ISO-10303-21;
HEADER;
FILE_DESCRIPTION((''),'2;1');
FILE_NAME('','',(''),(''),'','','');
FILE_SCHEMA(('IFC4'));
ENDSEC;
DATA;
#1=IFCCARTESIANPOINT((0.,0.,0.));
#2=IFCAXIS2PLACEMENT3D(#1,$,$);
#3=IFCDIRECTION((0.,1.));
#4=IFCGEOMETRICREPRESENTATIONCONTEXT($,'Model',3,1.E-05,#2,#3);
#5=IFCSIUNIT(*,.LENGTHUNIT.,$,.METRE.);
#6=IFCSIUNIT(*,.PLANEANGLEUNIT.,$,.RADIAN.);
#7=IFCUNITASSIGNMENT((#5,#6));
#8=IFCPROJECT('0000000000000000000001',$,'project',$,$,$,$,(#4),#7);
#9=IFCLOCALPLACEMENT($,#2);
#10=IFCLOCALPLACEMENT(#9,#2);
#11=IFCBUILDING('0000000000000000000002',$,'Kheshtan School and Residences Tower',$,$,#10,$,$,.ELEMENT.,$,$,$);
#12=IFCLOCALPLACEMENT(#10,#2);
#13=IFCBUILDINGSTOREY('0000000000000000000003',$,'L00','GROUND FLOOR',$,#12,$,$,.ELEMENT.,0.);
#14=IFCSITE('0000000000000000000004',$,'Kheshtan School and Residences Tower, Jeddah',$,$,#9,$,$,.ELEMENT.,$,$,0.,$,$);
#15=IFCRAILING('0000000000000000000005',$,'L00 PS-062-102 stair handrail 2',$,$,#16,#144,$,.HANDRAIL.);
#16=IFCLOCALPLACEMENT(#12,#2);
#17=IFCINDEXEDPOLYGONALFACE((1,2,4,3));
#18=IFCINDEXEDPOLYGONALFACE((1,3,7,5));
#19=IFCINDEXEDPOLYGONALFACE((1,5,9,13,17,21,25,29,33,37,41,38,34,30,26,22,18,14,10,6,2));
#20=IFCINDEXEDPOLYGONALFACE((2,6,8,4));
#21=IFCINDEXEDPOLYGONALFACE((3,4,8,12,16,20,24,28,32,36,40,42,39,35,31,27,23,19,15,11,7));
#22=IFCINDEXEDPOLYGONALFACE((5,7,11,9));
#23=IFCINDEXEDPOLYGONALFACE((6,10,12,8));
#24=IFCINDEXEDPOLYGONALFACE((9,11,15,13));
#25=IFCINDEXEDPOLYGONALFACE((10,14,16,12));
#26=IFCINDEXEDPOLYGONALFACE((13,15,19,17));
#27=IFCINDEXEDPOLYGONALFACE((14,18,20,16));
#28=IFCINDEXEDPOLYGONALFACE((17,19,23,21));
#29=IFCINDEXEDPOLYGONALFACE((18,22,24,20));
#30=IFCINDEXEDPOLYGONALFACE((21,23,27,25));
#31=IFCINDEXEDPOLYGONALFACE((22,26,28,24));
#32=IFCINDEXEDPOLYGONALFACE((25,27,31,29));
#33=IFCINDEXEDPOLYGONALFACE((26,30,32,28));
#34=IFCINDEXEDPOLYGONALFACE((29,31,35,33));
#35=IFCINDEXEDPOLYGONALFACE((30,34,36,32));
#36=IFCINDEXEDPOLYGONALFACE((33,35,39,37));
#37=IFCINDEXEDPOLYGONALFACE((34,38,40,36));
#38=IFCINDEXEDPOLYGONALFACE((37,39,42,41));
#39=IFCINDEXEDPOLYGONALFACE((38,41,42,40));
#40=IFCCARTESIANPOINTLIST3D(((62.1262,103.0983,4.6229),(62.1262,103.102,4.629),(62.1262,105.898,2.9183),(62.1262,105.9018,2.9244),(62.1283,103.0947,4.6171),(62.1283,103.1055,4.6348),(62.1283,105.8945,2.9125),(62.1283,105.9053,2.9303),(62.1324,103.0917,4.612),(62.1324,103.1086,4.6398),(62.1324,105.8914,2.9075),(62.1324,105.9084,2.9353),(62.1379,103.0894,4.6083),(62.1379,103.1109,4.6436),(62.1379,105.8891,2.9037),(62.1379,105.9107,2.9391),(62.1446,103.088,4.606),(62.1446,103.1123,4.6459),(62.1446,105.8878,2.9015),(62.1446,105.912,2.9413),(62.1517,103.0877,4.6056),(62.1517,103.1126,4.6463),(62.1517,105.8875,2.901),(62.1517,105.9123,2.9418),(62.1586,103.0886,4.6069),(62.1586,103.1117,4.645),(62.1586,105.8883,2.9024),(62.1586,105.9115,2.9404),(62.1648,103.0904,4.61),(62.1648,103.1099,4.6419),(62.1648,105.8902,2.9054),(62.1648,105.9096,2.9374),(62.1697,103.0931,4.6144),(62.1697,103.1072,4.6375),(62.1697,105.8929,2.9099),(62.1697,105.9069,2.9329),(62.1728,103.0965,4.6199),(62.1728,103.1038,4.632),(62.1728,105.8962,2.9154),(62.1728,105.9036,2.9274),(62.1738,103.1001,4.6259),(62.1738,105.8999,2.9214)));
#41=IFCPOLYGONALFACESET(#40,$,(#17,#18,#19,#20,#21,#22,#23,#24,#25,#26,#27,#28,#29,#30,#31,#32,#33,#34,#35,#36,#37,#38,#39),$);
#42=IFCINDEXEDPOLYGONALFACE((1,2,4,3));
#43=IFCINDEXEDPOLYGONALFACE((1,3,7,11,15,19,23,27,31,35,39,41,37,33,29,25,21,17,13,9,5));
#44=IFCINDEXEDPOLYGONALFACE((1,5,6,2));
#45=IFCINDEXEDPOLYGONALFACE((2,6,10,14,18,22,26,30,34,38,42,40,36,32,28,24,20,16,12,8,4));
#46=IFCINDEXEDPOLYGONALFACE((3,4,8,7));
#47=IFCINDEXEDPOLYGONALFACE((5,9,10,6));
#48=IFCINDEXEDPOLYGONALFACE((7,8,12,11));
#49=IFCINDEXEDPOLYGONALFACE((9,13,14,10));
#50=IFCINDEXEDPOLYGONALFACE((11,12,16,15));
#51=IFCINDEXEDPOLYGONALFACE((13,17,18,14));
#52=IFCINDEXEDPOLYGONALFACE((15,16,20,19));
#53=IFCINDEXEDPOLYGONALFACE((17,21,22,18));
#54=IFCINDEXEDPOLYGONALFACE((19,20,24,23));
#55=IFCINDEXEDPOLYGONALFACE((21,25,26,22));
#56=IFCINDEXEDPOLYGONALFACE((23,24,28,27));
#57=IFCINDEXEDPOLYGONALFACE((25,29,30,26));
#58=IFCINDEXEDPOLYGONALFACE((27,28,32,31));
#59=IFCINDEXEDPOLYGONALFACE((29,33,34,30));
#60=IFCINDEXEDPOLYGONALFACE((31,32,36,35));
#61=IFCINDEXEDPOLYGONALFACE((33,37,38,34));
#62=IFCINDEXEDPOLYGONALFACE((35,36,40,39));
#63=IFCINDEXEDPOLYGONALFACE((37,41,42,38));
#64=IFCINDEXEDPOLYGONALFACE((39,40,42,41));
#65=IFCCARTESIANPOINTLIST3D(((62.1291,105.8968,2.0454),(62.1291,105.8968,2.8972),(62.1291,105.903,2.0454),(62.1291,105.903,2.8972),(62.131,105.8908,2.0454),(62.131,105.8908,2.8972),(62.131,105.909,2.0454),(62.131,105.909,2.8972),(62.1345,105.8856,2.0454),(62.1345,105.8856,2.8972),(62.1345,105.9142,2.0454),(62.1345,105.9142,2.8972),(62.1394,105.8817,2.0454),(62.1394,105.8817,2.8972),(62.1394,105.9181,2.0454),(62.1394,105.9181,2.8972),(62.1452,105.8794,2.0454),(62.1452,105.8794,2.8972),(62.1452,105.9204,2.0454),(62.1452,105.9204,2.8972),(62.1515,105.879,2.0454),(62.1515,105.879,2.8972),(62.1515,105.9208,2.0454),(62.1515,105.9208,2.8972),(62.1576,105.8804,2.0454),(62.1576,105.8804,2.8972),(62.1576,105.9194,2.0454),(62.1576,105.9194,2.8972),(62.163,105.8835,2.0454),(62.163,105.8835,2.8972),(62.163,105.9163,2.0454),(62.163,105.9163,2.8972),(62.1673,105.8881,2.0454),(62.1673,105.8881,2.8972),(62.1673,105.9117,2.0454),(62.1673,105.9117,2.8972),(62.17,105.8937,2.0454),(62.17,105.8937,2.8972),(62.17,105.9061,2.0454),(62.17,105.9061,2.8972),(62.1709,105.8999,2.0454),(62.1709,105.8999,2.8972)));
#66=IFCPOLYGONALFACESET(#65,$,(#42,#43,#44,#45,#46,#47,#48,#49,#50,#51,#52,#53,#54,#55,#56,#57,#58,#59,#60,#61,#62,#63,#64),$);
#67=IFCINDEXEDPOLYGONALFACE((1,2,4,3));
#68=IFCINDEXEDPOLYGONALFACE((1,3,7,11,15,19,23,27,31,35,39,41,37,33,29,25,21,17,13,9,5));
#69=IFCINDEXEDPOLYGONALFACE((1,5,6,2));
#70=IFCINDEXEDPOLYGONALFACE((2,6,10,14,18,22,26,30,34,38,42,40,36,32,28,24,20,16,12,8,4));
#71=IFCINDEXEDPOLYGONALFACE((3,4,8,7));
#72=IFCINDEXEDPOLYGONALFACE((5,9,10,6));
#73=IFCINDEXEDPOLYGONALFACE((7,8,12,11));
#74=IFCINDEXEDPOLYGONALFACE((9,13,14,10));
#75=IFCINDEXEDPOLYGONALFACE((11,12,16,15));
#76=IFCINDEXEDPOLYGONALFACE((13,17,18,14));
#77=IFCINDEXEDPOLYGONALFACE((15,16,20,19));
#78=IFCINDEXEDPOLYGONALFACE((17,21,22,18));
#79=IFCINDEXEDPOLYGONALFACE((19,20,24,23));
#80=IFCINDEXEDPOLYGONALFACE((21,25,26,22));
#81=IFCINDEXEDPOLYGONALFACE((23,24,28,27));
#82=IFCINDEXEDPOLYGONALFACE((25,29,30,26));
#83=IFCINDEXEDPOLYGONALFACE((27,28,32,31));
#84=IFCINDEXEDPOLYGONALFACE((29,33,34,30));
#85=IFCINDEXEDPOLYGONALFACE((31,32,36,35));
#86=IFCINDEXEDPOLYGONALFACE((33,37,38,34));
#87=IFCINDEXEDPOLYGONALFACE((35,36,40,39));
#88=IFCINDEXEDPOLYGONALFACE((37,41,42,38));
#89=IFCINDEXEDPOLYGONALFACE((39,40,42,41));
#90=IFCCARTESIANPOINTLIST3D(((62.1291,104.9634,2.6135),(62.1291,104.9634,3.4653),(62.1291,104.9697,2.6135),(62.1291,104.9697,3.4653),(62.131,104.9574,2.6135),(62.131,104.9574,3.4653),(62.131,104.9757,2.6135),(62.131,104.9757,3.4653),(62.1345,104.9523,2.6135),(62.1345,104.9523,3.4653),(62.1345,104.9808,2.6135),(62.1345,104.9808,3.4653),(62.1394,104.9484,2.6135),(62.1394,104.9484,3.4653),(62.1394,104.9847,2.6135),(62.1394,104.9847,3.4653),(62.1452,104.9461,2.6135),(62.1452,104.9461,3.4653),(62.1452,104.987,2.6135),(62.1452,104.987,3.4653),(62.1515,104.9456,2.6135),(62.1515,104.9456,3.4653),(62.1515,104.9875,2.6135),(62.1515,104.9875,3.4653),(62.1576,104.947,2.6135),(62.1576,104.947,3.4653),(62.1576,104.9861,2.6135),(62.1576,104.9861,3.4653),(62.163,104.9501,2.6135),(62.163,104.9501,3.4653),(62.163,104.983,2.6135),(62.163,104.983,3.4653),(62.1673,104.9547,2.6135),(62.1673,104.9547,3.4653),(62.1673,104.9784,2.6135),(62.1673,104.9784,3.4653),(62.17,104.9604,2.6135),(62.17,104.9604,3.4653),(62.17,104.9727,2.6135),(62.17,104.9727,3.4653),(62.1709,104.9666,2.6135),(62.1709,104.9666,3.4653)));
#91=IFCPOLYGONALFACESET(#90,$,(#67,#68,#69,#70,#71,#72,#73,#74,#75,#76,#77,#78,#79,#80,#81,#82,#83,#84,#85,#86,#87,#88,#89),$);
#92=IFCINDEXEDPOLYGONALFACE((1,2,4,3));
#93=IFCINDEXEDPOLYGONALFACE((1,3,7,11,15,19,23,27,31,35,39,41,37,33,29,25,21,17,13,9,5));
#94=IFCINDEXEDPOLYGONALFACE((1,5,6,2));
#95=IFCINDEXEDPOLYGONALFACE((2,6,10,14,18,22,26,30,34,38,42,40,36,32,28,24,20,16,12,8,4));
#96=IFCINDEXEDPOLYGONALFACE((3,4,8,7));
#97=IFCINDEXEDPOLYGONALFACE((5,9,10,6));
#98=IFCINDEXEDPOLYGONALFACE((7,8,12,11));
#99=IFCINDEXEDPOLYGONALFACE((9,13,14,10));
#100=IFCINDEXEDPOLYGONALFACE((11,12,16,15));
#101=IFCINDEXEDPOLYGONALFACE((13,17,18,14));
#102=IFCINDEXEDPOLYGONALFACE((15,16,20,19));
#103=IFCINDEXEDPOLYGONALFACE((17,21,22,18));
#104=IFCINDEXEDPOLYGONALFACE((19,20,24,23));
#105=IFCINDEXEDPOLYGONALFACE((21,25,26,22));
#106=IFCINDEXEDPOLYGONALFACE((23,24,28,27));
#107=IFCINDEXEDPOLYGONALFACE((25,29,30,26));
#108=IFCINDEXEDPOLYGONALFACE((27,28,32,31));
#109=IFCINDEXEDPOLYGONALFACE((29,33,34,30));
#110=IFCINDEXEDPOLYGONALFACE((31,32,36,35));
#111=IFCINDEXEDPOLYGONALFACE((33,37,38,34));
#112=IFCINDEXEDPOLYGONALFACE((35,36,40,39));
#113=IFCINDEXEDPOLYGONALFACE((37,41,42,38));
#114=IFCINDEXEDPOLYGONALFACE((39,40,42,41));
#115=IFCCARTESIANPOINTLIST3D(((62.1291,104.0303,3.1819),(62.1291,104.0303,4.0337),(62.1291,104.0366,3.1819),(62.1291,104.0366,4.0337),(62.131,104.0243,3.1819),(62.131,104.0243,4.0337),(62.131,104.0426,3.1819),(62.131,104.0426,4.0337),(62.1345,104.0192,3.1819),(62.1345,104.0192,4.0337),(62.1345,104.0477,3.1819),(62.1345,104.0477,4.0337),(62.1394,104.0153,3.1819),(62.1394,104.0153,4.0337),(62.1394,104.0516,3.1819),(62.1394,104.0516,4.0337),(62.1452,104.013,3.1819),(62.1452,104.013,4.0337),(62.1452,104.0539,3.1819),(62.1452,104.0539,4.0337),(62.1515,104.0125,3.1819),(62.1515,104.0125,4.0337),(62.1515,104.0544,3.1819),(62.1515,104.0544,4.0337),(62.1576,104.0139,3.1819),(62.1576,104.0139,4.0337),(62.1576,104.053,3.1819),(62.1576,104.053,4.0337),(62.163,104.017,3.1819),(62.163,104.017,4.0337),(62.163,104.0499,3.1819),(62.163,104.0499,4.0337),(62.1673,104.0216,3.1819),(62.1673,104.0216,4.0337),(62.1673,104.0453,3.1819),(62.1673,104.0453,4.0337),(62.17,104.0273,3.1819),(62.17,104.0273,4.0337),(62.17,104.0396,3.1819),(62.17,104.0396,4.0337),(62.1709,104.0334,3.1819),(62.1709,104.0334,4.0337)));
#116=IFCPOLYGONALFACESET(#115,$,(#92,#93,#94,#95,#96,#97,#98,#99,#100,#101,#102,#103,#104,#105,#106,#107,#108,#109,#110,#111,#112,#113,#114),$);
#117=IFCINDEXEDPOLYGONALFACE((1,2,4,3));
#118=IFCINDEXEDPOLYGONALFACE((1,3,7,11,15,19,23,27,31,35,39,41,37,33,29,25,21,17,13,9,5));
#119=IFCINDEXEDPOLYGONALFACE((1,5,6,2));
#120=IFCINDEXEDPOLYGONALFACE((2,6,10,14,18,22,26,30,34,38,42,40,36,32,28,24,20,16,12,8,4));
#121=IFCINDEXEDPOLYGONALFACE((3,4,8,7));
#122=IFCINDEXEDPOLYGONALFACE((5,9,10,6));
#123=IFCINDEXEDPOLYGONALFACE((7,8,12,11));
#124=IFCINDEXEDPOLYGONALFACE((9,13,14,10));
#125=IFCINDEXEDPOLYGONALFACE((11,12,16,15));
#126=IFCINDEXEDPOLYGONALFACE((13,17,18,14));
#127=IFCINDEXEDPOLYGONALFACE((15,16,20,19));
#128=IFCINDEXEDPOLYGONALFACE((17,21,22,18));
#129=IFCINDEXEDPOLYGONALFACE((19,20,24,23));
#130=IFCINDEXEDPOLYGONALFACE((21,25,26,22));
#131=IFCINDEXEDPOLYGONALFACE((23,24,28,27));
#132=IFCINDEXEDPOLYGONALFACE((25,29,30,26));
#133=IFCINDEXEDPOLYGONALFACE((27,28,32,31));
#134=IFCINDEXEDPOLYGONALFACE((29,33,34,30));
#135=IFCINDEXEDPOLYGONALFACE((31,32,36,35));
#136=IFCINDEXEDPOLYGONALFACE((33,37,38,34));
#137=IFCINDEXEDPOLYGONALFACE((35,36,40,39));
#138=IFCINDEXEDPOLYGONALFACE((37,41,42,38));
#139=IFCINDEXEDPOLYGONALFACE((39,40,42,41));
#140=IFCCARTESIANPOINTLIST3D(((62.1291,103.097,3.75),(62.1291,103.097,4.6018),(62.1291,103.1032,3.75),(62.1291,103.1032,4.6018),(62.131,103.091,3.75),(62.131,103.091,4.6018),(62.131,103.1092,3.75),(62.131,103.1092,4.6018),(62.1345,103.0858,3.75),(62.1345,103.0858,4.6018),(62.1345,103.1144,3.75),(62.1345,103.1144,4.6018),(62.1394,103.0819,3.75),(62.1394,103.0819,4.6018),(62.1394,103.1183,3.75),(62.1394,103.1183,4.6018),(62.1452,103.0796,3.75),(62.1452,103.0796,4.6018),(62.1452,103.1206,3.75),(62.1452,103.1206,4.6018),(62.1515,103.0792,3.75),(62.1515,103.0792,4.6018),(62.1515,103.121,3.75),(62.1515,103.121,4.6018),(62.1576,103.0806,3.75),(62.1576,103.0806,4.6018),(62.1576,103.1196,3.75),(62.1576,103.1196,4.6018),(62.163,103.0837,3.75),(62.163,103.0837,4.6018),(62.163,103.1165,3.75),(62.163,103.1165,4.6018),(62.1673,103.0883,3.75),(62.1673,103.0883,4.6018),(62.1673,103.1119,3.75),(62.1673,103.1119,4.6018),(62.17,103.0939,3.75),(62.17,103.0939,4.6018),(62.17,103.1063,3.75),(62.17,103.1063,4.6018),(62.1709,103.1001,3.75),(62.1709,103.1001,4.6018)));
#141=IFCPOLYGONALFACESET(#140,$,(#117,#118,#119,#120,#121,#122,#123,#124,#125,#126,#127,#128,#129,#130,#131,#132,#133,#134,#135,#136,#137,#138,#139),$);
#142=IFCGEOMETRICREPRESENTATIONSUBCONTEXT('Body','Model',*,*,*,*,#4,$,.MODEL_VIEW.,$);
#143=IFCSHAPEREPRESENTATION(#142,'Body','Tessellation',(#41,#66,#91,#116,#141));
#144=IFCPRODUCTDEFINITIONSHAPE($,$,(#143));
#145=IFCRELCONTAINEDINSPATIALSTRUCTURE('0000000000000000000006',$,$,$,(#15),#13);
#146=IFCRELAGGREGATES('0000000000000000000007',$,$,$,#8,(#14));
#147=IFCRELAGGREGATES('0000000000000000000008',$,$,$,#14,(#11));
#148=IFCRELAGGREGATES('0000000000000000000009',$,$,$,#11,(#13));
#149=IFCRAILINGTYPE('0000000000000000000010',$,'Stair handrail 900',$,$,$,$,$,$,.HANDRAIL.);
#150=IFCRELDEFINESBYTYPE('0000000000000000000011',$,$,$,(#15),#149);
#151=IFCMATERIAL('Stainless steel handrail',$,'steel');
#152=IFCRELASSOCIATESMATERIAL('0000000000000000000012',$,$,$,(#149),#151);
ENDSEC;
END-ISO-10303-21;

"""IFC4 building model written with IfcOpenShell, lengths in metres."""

from ifc_helpers import new_model, si_unit, direction, frame, origin, origin_2d, place, context, subcontext, project, spatial, circle, extrude, material, type_object, element, save


model = new_model("IFC4")

# Units and contexts
model_context = context("Model", 3, precision=1e-05, world=origin(), true_north=direction((0.0, 1.0)))
body_context = subcontext(model_context, "Body", "Model", "MODEL_VIEW")
ifc_project = project(units=[si_unit("LENGTHUNIT", "METRE"), si_unit("PLANEANGLEUNIT", "RADIAN")], contexts=[model_context])

# Site, building, storey
site_placement = place(None, origin())
site = spatial("IfcSite", under=ifc_project, at=site_placement, Name="Kheshtan School and Residences Tower, Jeddah", CompositionType="ELEMENT", RefElevation=0.0)
building_placement = place(site_placement, origin())
building = spatial("IfcBuilding", under=site, at=building_placement, Name="Kheshtan School and Residences Tower", CompositionType="ELEMENT")
storey_placement = place(building_placement, origin())
storey = spatial("IfcBuildingStorey", under=building, at=storey_placement, Name="L00", Description="GROUND FLOOR", CompositionType="ELEMENT", Elevation=0.0)

# Railing
ifc_material_1 = material(Name="Stainless steel handrail", Category="steel")
railing_type_1 = type_object("IfcRailingType", Name="Stair handrail 900", PredefinedType="HANDRAIL", material=ifc_material_1)
railing_1_placement = place(storey_placement, frame((62.1499, 105.8999, 2.0454)))
element("IfcRailing", 1, at=railing_1_placement, inside=storey, type_object=railing_type_1, Name="L00 PS-062-102 stair handrail 2", PredefinedType="HANDRAIL", context=body_context, shape_type="SweptSolid", body=[
    extrude(circle(Radius=0.0239, at=origin_2d()), frame((0.0, 0.0, 0.876), z_axis=(0.0, -0.85415, 0.520027), x_axis=(1.0, 0.0, 0.0)), (0.0, 0.0, 1.0), 3.2778),
    extrude(circle(Radius=0.021, at=origin_2d()), origin(), (0.0, 0.0, 1.0), 0.8518),
    extrude(circle(Radius=0.021, at=origin_2d()), frame((0.0, -0.9333, 0.5681)), (0.0, 0.0, 1.0), 0.8518),
    extrude(circle(Radius=0.021, at=origin_2d()), frame((0.0, -1.8665, 1.1365)), (0.0, 0.0, 1.0), 0.8518),
    extrude(circle(Radius=0.021, at=origin_2d()), frame((0.0, -2.7998, 1.7046)), (0.0, 0.0, 1.0), 0.8518),
])

save(model, "model.ifc")
